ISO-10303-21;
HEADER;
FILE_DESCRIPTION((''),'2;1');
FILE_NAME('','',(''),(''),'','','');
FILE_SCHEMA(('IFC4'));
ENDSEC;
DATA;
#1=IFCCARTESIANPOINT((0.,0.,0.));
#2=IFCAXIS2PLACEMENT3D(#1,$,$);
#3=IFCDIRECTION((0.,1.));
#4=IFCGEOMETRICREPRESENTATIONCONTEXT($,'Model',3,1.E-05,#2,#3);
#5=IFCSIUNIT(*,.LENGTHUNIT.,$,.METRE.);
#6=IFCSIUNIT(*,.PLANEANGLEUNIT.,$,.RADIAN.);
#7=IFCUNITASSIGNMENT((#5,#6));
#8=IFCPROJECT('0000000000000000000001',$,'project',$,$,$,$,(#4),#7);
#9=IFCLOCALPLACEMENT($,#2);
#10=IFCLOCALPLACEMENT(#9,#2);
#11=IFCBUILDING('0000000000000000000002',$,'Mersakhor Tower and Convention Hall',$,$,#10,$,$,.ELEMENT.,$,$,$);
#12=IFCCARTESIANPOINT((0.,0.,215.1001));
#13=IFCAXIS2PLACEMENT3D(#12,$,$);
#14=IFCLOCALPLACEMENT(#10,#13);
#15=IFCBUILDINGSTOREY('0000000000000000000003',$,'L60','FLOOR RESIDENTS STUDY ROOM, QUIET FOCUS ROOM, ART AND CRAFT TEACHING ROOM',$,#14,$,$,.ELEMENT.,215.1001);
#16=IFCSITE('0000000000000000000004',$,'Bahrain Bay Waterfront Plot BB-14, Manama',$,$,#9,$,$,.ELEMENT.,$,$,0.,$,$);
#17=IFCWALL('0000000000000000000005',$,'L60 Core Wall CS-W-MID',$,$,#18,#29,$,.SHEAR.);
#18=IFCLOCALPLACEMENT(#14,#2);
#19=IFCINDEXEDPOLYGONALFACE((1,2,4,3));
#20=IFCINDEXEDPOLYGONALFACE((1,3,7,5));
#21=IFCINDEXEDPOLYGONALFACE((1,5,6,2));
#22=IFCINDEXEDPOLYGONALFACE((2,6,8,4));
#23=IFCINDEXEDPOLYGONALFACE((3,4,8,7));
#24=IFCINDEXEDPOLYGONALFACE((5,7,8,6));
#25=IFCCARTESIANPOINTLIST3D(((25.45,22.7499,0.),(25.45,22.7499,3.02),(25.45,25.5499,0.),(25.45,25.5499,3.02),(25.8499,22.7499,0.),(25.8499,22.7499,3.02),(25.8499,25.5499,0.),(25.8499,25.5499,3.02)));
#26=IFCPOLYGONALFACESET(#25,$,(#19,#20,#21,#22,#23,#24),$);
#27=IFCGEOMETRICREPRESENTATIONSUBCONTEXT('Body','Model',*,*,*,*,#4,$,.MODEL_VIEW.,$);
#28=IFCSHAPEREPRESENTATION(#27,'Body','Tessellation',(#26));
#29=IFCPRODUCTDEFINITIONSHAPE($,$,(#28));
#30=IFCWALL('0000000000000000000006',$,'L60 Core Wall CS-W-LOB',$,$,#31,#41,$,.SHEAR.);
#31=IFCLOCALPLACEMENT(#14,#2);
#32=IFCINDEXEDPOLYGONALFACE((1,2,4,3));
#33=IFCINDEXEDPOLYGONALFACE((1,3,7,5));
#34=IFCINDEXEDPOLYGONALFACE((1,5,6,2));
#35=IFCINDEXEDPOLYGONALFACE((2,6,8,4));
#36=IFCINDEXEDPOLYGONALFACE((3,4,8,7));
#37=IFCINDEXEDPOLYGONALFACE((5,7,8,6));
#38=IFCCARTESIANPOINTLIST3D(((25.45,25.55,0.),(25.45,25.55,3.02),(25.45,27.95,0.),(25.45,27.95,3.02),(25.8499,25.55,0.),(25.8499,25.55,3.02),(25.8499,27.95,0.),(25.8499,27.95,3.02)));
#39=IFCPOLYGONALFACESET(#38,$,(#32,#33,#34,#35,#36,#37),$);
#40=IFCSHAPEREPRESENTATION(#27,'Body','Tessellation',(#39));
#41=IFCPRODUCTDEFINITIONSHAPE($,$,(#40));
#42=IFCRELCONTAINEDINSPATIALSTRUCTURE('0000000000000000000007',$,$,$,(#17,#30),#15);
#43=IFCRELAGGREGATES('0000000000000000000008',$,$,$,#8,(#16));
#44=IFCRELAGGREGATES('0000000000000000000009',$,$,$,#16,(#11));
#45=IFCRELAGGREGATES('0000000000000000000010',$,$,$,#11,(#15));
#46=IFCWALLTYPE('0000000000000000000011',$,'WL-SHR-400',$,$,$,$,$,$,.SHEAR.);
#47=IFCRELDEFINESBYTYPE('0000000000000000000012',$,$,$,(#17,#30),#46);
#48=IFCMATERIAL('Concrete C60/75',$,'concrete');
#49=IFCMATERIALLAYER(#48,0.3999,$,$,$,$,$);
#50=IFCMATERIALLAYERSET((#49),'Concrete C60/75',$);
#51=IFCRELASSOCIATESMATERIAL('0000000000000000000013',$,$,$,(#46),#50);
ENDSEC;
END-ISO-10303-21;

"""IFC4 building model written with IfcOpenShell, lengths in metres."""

from ifc_helpers import new_model, si_unit, direction, frame, frame_2d, origin, place, context, subcontext, project, spatial, rectangle, extrude, material, layer, layer_set, type_object, element, save


model = new_model("IFC4")

# Units and contexts
model_context = context("Model", 3, precision=1e-05, world=origin(), true_north=direction((0.0, 1.0)))
body_context = subcontext(model_context, "Body", "Model", "MODEL_VIEW")
ifc_project = project(units=[si_unit("LENGTHUNIT", "METRE"), si_unit("PLANEANGLEUNIT", "RADIAN")], contexts=[model_context])

# Site, building, storey
site_placement = place(None, origin())
site = spatial("IfcSite", under=ifc_project, at=site_placement, Name="Bahrain Bay Waterfront Plot BB-14, Manama", CompositionType="ELEMENT", RefElevation=0.0)
building_placement = place(site_placement, origin())
building = spatial("IfcBuilding", under=site, at=building_placement, Name="Mersakhor Tower and Convention Hall", CompositionType="ELEMENT")
storey_placement = place(building_placement, frame((0.0, 0.0, 215.1001)))
storey = spatial("IfcBuildingStorey", under=building, at=storey_placement, Name="L60", Description="FLOOR RESIDENTS STUDY ROOM, QUIET FOCUS ROOM, ART AND CRAFT TEACHING ROOM", CompositionType="ELEMENT", Elevation=215.1001)

# Shared definitions
ifc_material_1 = material(Name="Concrete C60/75", Category="concrete")
ifc_layer_1 = layer(ifc_material_1, 0.3999)
ifc_layer_set_1 = layer_set([ifc_layer_1], Name="Concrete C60/75")
wall_type_1 = type_object("IfcWallType", Name="WL-SHR-400", PredefinedType="SHEAR", material=ifc_layer_set_1)

# Walls
wall_1_placement = place(storey_placement, frame((25.6499, 22.75, 0.0), z_axis=(0.0, 0.0, 1.0), x_axis=(0.0, 1.0, 0.0)))
element("IfcWall", 1, at=wall_1_placement, inside=storey, type_object=wall_type_1, Name="L60 Core Wall CS-W-MID", PredefinedType="SHEAR", context=body_context, shape_type="SweptSolid", body=[
    extrude(rectangle(XDim=2.8, YDim=0.3999, at=frame_2d((1.3999, 0.0))), origin(), (0.0, 0.0, 1.0), 3.02),
])
wall_2_placement = place(storey_placement, frame((25.6499, 25.55, 0.0), z_axis=(0.0, 0.0, 1.0), x_axis=(0.0, 1.0, 0.0)))
element("IfcWall", 2, at=wall_2_placement, inside=storey, type_object=wall_type_1, Name="L60 Core Wall CS-W-LOB", PredefinedType="SHEAR", context=body_context, shape_type="SweptSolid", body=[
    extrude(rectangle(XDim=2.3999, YDim=0.3999, at=frame_2d((1.2, 0.0))), origin(), (0.0, 0.0, 1.0), 3.02),
])

save(model, "model.ifc")
